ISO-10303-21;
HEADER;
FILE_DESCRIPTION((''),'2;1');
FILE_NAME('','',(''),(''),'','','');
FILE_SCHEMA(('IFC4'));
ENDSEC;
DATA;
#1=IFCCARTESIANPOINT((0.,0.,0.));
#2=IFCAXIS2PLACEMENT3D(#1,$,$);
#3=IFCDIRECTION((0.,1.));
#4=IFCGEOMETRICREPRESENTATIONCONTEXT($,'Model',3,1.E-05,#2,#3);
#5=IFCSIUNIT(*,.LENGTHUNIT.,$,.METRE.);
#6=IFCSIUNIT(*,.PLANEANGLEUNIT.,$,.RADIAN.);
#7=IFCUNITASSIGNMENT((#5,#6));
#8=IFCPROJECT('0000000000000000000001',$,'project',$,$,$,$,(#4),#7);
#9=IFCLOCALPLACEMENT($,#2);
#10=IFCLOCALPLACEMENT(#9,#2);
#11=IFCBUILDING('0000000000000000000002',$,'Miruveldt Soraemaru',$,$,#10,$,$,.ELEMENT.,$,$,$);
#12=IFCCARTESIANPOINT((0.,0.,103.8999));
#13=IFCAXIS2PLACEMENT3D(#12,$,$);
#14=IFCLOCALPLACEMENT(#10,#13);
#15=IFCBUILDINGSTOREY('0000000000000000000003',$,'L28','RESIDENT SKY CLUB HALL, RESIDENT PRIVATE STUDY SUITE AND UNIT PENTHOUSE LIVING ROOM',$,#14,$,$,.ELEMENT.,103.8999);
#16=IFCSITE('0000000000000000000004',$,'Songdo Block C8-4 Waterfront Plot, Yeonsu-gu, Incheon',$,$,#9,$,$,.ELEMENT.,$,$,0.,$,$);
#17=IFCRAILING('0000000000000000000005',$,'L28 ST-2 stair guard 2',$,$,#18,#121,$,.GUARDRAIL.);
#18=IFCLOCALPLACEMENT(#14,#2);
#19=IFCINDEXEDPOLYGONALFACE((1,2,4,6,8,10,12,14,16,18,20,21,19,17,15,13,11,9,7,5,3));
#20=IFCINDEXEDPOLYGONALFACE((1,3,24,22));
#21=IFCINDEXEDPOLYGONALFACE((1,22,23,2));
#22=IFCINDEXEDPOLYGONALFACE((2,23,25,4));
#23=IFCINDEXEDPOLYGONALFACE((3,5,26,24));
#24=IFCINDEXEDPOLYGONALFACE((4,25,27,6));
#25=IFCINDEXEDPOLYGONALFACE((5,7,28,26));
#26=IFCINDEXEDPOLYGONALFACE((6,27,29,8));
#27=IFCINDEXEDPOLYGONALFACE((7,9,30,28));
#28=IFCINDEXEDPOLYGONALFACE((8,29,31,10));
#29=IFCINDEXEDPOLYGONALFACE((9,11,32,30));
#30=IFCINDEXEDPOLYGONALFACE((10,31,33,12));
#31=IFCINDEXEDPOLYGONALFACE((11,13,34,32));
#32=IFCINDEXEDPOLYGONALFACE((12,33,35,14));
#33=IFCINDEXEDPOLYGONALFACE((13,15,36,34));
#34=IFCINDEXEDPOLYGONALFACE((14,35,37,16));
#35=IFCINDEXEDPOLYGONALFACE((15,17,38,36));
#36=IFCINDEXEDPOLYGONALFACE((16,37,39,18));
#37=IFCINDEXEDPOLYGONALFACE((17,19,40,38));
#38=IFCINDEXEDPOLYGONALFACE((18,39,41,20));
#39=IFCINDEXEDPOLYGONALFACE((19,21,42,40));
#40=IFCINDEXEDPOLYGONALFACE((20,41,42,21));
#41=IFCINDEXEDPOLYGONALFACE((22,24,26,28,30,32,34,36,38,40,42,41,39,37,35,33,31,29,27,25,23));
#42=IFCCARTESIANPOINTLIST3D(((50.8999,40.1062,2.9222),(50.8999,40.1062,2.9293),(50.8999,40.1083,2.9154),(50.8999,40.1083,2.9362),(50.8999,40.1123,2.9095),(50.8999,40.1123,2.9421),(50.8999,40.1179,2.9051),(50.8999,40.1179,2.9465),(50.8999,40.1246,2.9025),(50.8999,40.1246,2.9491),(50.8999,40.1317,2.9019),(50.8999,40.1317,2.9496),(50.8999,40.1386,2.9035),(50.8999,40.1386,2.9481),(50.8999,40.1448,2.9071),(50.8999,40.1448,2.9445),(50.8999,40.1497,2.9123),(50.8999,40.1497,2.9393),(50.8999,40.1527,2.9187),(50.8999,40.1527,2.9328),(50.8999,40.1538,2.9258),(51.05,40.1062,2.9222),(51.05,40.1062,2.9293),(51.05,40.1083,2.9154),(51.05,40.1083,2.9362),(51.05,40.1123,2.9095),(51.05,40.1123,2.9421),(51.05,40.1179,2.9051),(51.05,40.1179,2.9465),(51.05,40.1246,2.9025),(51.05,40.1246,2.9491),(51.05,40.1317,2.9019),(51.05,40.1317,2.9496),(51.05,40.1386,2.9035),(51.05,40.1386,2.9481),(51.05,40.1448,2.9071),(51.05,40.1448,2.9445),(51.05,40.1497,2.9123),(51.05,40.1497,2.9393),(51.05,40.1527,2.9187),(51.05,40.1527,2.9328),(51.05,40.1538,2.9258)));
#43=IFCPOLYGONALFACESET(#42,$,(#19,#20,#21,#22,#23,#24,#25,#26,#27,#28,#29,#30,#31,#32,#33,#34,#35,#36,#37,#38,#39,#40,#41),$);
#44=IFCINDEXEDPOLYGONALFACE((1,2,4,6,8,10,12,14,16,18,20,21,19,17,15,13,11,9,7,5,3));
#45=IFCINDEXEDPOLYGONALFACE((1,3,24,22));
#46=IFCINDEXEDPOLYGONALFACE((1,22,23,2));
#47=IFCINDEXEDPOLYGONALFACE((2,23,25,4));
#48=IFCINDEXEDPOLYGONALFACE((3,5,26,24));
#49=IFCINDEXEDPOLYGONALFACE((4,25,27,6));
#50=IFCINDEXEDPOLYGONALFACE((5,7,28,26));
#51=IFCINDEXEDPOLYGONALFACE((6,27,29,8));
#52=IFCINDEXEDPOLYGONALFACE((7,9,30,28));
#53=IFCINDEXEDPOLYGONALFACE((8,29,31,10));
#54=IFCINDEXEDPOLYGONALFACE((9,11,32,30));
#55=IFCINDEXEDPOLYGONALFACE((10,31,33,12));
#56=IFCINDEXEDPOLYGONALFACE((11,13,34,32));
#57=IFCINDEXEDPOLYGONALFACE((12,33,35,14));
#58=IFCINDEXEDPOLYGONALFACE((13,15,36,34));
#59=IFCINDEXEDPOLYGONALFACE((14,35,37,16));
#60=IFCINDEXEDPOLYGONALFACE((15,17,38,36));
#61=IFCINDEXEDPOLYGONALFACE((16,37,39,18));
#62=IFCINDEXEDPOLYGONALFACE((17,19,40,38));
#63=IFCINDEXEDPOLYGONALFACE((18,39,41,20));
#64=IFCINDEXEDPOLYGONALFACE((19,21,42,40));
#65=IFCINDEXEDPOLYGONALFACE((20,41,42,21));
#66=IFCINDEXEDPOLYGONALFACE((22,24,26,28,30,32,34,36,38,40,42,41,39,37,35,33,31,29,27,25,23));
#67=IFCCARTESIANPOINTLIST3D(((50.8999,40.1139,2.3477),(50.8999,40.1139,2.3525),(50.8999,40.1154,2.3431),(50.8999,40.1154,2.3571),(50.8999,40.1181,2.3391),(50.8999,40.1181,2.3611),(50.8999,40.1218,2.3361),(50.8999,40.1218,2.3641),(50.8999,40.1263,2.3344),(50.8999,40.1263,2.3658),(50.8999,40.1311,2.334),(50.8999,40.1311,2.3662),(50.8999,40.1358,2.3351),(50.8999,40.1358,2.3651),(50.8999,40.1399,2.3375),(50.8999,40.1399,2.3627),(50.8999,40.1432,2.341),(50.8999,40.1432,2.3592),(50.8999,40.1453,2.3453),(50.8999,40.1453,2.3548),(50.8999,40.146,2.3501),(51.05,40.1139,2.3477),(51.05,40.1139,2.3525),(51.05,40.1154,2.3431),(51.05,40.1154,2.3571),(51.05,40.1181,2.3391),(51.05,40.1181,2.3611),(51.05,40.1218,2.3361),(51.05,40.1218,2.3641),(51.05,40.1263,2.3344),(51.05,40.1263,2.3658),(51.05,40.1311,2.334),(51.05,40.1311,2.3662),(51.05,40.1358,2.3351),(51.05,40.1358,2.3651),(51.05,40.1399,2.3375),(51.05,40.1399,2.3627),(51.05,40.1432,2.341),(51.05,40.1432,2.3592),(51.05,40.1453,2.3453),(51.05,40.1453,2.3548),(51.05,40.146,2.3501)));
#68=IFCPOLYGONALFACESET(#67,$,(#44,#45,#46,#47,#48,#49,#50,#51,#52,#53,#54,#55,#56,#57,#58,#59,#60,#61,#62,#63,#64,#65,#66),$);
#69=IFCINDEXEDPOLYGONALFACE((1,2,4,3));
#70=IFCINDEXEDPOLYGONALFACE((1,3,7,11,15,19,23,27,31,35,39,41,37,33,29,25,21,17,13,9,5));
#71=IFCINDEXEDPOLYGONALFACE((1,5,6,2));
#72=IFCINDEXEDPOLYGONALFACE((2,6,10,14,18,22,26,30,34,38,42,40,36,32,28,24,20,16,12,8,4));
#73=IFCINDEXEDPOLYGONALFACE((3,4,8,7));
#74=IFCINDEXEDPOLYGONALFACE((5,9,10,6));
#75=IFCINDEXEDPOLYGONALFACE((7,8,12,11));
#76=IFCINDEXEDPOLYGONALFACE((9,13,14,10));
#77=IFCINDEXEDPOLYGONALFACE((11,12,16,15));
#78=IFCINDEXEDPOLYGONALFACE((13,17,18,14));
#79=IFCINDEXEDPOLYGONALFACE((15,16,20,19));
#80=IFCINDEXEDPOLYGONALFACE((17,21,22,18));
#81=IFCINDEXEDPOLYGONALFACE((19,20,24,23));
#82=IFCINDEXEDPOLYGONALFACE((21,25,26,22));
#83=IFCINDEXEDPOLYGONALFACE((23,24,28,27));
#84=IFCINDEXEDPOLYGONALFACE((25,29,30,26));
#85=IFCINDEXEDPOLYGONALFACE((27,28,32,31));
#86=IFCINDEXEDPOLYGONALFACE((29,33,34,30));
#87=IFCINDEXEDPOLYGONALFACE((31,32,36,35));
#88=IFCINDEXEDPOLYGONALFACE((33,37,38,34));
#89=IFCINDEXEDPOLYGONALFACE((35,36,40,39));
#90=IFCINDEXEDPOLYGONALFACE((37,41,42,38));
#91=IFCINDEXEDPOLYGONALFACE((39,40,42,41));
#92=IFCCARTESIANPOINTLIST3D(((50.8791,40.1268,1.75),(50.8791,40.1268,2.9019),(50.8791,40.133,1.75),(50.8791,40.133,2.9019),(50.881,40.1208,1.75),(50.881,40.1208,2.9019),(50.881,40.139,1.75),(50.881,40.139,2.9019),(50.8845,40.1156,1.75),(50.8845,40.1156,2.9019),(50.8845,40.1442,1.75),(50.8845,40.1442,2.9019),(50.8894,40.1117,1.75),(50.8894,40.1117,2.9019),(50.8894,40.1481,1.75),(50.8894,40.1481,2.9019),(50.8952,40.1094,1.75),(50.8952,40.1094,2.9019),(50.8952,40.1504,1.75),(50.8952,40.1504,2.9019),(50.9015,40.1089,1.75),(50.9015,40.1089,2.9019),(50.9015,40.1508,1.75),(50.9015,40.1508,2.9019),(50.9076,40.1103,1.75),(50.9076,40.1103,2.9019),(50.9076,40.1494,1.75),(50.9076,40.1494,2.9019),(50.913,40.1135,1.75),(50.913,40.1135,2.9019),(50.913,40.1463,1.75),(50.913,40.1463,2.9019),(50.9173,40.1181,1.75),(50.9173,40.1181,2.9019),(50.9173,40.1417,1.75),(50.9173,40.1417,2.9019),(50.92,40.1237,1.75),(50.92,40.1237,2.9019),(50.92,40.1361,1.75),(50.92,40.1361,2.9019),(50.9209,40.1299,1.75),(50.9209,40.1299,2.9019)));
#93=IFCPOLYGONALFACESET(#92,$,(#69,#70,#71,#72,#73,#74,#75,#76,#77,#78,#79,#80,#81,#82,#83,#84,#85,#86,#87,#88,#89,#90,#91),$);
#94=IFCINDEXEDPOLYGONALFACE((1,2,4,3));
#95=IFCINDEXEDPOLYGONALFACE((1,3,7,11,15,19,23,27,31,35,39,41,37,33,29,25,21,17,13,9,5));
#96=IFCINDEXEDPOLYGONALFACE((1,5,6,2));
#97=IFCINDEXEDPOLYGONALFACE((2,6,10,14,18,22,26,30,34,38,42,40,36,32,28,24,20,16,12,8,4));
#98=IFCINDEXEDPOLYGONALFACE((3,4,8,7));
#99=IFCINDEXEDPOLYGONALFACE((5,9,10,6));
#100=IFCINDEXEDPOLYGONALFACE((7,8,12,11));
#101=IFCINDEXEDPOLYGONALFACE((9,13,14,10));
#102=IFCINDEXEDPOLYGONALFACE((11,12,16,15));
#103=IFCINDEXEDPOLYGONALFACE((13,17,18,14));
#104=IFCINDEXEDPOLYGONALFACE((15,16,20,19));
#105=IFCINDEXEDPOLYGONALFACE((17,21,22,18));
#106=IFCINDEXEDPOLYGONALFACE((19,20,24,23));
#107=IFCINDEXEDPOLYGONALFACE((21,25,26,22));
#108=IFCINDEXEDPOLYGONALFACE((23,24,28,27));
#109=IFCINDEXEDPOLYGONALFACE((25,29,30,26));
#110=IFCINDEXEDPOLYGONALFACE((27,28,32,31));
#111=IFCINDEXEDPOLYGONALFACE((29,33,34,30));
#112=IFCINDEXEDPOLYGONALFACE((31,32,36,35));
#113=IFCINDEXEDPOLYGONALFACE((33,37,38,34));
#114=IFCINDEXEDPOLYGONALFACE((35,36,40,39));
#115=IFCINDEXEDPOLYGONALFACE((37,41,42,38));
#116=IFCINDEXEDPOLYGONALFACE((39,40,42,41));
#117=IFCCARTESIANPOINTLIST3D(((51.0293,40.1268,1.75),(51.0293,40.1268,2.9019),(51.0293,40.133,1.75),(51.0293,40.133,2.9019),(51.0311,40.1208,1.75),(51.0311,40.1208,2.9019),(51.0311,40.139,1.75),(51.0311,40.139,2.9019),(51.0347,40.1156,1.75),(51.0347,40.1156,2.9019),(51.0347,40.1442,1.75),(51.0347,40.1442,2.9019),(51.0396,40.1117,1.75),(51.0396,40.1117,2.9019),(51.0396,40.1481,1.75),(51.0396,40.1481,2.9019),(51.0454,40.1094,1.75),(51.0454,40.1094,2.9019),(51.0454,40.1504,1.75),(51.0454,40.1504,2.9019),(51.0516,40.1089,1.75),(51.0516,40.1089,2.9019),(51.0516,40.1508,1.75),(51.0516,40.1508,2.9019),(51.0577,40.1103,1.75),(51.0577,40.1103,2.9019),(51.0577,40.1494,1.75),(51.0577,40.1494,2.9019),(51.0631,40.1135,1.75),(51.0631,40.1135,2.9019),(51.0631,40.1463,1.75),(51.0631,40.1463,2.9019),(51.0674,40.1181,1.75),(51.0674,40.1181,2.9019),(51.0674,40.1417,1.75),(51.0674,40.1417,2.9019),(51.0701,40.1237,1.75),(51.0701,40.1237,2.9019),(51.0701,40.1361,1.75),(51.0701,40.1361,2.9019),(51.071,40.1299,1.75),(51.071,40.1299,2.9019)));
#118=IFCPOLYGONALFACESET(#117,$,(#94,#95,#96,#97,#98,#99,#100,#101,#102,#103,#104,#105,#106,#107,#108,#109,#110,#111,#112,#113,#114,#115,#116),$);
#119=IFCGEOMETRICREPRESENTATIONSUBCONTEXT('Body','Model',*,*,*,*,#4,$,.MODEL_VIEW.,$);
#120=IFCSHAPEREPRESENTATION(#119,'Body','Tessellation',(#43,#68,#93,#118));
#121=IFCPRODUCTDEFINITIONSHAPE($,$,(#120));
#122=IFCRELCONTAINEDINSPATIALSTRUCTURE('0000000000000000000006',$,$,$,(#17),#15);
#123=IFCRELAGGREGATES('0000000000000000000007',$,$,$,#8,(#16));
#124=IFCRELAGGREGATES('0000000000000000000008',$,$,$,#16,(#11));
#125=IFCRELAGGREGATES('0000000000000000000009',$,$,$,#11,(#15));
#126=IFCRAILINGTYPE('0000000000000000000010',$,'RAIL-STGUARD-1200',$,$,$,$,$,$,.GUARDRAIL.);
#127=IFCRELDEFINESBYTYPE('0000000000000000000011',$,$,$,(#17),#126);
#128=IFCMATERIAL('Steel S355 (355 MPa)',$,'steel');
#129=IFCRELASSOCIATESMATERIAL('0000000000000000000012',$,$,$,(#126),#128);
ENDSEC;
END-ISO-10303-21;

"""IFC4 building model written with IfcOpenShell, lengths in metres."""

from ifc_helpers import new_model, si_unit, direction, frame, origin, origin_2d, place, context, subcontext, project, spatial, circle, extrude, material, type_object, element, save


model = new_model("IFC4")

# Units and contexts
model_context = context("Model", 3, precision=1e-05, world=origin(), true_north=direction((0.0, 1.0)))
body_context = subcontext(model_context, "Body", "Model", "MODEL_VIEW")
ifc_project = project(units=[si_unit("LENGTHUNIT", "METRE"), si_unit("PLANEANGLEUNIT", "RADIAN")], contexts=[model_context])

# Site, building, storey
site_placement = place(None, origin())
site = spatial("IfcSite", under=ifc_project, at=site_placement, Name="Songdo Block C8-4 Waterfront Plot, Yeonsu-gu, Incheon", CompositionType="ELEMENT", RefElevation=0.0)
building_placement = place(site_placement, origin())
building = spatial("IfcBuilding", under=site, at=building_placement, Name="Miruveldt Soraemaru", CompositionType="ELEMENT")
storey_placement = place(building_placement, frame((0.0, 0.0, 103.8999)))
storey = spatial("IfcBuildingStorey", under=building, at=storey_placement, Name="L28", Description="RESIDENT SKY CLUB HALL, RESIDENT PRIVATE STUDY SUITE AND UNIT PENTHOUSE LIVING ROOM", CompositionType="ELEMENT", Elevation=103.8999)

# Railing
ifc_material_1 = material(Name="Steel S355 (355 MPa)", Category="steel")
railing_type_1 = type_object("IfcRailingType", Name="RAIL-STGUARD-1200", PredefinedType="GUARDRAIL", material=ifc_material_1)
railing_1_placement = place(storey_placement, frame((50.8999, 40.1299, 1.75)))
element("IfcRailing", 1, at=railing_1_placement, inside=storey, type_object=railing_type_1, Name="L28 ST-2 stair guard 2", PredefinedType="GUARDRAIL", context=body_context, shape_type="SweptSolid", body=[
    extrude(circle(Radius=0.0239, at=origin_2d()), frame((0.0, 0.0, 1.1758), z_axis=(1.0, 0.0, 0.0), x_axis=(0.0, 1.0, 0.0)), (0.0, 0.0, 1.0), 0.1501),
    extrude(circle(Radius=0.0161, at=origin_2d()), frame((0.0, 0.0, 0.6001), z_axis=(1.0, 0.0, 0.0), x_axis=(0.0, 1.0, 0.0)), (0.0, 0.0, 1.0), 0.1501),
    extrude(circle(Radius=0.021, at=origin_2d()), origin(), (0.0, 0.0, 1.0), 1.1519),
    extrude(circle(Radius=0.021, at=origin_2d()), frame((0.1501, 0.0, 0.0)), (0.0, 0.0, 1.0), 1.1519),
])

save(model, "model.ifc")
